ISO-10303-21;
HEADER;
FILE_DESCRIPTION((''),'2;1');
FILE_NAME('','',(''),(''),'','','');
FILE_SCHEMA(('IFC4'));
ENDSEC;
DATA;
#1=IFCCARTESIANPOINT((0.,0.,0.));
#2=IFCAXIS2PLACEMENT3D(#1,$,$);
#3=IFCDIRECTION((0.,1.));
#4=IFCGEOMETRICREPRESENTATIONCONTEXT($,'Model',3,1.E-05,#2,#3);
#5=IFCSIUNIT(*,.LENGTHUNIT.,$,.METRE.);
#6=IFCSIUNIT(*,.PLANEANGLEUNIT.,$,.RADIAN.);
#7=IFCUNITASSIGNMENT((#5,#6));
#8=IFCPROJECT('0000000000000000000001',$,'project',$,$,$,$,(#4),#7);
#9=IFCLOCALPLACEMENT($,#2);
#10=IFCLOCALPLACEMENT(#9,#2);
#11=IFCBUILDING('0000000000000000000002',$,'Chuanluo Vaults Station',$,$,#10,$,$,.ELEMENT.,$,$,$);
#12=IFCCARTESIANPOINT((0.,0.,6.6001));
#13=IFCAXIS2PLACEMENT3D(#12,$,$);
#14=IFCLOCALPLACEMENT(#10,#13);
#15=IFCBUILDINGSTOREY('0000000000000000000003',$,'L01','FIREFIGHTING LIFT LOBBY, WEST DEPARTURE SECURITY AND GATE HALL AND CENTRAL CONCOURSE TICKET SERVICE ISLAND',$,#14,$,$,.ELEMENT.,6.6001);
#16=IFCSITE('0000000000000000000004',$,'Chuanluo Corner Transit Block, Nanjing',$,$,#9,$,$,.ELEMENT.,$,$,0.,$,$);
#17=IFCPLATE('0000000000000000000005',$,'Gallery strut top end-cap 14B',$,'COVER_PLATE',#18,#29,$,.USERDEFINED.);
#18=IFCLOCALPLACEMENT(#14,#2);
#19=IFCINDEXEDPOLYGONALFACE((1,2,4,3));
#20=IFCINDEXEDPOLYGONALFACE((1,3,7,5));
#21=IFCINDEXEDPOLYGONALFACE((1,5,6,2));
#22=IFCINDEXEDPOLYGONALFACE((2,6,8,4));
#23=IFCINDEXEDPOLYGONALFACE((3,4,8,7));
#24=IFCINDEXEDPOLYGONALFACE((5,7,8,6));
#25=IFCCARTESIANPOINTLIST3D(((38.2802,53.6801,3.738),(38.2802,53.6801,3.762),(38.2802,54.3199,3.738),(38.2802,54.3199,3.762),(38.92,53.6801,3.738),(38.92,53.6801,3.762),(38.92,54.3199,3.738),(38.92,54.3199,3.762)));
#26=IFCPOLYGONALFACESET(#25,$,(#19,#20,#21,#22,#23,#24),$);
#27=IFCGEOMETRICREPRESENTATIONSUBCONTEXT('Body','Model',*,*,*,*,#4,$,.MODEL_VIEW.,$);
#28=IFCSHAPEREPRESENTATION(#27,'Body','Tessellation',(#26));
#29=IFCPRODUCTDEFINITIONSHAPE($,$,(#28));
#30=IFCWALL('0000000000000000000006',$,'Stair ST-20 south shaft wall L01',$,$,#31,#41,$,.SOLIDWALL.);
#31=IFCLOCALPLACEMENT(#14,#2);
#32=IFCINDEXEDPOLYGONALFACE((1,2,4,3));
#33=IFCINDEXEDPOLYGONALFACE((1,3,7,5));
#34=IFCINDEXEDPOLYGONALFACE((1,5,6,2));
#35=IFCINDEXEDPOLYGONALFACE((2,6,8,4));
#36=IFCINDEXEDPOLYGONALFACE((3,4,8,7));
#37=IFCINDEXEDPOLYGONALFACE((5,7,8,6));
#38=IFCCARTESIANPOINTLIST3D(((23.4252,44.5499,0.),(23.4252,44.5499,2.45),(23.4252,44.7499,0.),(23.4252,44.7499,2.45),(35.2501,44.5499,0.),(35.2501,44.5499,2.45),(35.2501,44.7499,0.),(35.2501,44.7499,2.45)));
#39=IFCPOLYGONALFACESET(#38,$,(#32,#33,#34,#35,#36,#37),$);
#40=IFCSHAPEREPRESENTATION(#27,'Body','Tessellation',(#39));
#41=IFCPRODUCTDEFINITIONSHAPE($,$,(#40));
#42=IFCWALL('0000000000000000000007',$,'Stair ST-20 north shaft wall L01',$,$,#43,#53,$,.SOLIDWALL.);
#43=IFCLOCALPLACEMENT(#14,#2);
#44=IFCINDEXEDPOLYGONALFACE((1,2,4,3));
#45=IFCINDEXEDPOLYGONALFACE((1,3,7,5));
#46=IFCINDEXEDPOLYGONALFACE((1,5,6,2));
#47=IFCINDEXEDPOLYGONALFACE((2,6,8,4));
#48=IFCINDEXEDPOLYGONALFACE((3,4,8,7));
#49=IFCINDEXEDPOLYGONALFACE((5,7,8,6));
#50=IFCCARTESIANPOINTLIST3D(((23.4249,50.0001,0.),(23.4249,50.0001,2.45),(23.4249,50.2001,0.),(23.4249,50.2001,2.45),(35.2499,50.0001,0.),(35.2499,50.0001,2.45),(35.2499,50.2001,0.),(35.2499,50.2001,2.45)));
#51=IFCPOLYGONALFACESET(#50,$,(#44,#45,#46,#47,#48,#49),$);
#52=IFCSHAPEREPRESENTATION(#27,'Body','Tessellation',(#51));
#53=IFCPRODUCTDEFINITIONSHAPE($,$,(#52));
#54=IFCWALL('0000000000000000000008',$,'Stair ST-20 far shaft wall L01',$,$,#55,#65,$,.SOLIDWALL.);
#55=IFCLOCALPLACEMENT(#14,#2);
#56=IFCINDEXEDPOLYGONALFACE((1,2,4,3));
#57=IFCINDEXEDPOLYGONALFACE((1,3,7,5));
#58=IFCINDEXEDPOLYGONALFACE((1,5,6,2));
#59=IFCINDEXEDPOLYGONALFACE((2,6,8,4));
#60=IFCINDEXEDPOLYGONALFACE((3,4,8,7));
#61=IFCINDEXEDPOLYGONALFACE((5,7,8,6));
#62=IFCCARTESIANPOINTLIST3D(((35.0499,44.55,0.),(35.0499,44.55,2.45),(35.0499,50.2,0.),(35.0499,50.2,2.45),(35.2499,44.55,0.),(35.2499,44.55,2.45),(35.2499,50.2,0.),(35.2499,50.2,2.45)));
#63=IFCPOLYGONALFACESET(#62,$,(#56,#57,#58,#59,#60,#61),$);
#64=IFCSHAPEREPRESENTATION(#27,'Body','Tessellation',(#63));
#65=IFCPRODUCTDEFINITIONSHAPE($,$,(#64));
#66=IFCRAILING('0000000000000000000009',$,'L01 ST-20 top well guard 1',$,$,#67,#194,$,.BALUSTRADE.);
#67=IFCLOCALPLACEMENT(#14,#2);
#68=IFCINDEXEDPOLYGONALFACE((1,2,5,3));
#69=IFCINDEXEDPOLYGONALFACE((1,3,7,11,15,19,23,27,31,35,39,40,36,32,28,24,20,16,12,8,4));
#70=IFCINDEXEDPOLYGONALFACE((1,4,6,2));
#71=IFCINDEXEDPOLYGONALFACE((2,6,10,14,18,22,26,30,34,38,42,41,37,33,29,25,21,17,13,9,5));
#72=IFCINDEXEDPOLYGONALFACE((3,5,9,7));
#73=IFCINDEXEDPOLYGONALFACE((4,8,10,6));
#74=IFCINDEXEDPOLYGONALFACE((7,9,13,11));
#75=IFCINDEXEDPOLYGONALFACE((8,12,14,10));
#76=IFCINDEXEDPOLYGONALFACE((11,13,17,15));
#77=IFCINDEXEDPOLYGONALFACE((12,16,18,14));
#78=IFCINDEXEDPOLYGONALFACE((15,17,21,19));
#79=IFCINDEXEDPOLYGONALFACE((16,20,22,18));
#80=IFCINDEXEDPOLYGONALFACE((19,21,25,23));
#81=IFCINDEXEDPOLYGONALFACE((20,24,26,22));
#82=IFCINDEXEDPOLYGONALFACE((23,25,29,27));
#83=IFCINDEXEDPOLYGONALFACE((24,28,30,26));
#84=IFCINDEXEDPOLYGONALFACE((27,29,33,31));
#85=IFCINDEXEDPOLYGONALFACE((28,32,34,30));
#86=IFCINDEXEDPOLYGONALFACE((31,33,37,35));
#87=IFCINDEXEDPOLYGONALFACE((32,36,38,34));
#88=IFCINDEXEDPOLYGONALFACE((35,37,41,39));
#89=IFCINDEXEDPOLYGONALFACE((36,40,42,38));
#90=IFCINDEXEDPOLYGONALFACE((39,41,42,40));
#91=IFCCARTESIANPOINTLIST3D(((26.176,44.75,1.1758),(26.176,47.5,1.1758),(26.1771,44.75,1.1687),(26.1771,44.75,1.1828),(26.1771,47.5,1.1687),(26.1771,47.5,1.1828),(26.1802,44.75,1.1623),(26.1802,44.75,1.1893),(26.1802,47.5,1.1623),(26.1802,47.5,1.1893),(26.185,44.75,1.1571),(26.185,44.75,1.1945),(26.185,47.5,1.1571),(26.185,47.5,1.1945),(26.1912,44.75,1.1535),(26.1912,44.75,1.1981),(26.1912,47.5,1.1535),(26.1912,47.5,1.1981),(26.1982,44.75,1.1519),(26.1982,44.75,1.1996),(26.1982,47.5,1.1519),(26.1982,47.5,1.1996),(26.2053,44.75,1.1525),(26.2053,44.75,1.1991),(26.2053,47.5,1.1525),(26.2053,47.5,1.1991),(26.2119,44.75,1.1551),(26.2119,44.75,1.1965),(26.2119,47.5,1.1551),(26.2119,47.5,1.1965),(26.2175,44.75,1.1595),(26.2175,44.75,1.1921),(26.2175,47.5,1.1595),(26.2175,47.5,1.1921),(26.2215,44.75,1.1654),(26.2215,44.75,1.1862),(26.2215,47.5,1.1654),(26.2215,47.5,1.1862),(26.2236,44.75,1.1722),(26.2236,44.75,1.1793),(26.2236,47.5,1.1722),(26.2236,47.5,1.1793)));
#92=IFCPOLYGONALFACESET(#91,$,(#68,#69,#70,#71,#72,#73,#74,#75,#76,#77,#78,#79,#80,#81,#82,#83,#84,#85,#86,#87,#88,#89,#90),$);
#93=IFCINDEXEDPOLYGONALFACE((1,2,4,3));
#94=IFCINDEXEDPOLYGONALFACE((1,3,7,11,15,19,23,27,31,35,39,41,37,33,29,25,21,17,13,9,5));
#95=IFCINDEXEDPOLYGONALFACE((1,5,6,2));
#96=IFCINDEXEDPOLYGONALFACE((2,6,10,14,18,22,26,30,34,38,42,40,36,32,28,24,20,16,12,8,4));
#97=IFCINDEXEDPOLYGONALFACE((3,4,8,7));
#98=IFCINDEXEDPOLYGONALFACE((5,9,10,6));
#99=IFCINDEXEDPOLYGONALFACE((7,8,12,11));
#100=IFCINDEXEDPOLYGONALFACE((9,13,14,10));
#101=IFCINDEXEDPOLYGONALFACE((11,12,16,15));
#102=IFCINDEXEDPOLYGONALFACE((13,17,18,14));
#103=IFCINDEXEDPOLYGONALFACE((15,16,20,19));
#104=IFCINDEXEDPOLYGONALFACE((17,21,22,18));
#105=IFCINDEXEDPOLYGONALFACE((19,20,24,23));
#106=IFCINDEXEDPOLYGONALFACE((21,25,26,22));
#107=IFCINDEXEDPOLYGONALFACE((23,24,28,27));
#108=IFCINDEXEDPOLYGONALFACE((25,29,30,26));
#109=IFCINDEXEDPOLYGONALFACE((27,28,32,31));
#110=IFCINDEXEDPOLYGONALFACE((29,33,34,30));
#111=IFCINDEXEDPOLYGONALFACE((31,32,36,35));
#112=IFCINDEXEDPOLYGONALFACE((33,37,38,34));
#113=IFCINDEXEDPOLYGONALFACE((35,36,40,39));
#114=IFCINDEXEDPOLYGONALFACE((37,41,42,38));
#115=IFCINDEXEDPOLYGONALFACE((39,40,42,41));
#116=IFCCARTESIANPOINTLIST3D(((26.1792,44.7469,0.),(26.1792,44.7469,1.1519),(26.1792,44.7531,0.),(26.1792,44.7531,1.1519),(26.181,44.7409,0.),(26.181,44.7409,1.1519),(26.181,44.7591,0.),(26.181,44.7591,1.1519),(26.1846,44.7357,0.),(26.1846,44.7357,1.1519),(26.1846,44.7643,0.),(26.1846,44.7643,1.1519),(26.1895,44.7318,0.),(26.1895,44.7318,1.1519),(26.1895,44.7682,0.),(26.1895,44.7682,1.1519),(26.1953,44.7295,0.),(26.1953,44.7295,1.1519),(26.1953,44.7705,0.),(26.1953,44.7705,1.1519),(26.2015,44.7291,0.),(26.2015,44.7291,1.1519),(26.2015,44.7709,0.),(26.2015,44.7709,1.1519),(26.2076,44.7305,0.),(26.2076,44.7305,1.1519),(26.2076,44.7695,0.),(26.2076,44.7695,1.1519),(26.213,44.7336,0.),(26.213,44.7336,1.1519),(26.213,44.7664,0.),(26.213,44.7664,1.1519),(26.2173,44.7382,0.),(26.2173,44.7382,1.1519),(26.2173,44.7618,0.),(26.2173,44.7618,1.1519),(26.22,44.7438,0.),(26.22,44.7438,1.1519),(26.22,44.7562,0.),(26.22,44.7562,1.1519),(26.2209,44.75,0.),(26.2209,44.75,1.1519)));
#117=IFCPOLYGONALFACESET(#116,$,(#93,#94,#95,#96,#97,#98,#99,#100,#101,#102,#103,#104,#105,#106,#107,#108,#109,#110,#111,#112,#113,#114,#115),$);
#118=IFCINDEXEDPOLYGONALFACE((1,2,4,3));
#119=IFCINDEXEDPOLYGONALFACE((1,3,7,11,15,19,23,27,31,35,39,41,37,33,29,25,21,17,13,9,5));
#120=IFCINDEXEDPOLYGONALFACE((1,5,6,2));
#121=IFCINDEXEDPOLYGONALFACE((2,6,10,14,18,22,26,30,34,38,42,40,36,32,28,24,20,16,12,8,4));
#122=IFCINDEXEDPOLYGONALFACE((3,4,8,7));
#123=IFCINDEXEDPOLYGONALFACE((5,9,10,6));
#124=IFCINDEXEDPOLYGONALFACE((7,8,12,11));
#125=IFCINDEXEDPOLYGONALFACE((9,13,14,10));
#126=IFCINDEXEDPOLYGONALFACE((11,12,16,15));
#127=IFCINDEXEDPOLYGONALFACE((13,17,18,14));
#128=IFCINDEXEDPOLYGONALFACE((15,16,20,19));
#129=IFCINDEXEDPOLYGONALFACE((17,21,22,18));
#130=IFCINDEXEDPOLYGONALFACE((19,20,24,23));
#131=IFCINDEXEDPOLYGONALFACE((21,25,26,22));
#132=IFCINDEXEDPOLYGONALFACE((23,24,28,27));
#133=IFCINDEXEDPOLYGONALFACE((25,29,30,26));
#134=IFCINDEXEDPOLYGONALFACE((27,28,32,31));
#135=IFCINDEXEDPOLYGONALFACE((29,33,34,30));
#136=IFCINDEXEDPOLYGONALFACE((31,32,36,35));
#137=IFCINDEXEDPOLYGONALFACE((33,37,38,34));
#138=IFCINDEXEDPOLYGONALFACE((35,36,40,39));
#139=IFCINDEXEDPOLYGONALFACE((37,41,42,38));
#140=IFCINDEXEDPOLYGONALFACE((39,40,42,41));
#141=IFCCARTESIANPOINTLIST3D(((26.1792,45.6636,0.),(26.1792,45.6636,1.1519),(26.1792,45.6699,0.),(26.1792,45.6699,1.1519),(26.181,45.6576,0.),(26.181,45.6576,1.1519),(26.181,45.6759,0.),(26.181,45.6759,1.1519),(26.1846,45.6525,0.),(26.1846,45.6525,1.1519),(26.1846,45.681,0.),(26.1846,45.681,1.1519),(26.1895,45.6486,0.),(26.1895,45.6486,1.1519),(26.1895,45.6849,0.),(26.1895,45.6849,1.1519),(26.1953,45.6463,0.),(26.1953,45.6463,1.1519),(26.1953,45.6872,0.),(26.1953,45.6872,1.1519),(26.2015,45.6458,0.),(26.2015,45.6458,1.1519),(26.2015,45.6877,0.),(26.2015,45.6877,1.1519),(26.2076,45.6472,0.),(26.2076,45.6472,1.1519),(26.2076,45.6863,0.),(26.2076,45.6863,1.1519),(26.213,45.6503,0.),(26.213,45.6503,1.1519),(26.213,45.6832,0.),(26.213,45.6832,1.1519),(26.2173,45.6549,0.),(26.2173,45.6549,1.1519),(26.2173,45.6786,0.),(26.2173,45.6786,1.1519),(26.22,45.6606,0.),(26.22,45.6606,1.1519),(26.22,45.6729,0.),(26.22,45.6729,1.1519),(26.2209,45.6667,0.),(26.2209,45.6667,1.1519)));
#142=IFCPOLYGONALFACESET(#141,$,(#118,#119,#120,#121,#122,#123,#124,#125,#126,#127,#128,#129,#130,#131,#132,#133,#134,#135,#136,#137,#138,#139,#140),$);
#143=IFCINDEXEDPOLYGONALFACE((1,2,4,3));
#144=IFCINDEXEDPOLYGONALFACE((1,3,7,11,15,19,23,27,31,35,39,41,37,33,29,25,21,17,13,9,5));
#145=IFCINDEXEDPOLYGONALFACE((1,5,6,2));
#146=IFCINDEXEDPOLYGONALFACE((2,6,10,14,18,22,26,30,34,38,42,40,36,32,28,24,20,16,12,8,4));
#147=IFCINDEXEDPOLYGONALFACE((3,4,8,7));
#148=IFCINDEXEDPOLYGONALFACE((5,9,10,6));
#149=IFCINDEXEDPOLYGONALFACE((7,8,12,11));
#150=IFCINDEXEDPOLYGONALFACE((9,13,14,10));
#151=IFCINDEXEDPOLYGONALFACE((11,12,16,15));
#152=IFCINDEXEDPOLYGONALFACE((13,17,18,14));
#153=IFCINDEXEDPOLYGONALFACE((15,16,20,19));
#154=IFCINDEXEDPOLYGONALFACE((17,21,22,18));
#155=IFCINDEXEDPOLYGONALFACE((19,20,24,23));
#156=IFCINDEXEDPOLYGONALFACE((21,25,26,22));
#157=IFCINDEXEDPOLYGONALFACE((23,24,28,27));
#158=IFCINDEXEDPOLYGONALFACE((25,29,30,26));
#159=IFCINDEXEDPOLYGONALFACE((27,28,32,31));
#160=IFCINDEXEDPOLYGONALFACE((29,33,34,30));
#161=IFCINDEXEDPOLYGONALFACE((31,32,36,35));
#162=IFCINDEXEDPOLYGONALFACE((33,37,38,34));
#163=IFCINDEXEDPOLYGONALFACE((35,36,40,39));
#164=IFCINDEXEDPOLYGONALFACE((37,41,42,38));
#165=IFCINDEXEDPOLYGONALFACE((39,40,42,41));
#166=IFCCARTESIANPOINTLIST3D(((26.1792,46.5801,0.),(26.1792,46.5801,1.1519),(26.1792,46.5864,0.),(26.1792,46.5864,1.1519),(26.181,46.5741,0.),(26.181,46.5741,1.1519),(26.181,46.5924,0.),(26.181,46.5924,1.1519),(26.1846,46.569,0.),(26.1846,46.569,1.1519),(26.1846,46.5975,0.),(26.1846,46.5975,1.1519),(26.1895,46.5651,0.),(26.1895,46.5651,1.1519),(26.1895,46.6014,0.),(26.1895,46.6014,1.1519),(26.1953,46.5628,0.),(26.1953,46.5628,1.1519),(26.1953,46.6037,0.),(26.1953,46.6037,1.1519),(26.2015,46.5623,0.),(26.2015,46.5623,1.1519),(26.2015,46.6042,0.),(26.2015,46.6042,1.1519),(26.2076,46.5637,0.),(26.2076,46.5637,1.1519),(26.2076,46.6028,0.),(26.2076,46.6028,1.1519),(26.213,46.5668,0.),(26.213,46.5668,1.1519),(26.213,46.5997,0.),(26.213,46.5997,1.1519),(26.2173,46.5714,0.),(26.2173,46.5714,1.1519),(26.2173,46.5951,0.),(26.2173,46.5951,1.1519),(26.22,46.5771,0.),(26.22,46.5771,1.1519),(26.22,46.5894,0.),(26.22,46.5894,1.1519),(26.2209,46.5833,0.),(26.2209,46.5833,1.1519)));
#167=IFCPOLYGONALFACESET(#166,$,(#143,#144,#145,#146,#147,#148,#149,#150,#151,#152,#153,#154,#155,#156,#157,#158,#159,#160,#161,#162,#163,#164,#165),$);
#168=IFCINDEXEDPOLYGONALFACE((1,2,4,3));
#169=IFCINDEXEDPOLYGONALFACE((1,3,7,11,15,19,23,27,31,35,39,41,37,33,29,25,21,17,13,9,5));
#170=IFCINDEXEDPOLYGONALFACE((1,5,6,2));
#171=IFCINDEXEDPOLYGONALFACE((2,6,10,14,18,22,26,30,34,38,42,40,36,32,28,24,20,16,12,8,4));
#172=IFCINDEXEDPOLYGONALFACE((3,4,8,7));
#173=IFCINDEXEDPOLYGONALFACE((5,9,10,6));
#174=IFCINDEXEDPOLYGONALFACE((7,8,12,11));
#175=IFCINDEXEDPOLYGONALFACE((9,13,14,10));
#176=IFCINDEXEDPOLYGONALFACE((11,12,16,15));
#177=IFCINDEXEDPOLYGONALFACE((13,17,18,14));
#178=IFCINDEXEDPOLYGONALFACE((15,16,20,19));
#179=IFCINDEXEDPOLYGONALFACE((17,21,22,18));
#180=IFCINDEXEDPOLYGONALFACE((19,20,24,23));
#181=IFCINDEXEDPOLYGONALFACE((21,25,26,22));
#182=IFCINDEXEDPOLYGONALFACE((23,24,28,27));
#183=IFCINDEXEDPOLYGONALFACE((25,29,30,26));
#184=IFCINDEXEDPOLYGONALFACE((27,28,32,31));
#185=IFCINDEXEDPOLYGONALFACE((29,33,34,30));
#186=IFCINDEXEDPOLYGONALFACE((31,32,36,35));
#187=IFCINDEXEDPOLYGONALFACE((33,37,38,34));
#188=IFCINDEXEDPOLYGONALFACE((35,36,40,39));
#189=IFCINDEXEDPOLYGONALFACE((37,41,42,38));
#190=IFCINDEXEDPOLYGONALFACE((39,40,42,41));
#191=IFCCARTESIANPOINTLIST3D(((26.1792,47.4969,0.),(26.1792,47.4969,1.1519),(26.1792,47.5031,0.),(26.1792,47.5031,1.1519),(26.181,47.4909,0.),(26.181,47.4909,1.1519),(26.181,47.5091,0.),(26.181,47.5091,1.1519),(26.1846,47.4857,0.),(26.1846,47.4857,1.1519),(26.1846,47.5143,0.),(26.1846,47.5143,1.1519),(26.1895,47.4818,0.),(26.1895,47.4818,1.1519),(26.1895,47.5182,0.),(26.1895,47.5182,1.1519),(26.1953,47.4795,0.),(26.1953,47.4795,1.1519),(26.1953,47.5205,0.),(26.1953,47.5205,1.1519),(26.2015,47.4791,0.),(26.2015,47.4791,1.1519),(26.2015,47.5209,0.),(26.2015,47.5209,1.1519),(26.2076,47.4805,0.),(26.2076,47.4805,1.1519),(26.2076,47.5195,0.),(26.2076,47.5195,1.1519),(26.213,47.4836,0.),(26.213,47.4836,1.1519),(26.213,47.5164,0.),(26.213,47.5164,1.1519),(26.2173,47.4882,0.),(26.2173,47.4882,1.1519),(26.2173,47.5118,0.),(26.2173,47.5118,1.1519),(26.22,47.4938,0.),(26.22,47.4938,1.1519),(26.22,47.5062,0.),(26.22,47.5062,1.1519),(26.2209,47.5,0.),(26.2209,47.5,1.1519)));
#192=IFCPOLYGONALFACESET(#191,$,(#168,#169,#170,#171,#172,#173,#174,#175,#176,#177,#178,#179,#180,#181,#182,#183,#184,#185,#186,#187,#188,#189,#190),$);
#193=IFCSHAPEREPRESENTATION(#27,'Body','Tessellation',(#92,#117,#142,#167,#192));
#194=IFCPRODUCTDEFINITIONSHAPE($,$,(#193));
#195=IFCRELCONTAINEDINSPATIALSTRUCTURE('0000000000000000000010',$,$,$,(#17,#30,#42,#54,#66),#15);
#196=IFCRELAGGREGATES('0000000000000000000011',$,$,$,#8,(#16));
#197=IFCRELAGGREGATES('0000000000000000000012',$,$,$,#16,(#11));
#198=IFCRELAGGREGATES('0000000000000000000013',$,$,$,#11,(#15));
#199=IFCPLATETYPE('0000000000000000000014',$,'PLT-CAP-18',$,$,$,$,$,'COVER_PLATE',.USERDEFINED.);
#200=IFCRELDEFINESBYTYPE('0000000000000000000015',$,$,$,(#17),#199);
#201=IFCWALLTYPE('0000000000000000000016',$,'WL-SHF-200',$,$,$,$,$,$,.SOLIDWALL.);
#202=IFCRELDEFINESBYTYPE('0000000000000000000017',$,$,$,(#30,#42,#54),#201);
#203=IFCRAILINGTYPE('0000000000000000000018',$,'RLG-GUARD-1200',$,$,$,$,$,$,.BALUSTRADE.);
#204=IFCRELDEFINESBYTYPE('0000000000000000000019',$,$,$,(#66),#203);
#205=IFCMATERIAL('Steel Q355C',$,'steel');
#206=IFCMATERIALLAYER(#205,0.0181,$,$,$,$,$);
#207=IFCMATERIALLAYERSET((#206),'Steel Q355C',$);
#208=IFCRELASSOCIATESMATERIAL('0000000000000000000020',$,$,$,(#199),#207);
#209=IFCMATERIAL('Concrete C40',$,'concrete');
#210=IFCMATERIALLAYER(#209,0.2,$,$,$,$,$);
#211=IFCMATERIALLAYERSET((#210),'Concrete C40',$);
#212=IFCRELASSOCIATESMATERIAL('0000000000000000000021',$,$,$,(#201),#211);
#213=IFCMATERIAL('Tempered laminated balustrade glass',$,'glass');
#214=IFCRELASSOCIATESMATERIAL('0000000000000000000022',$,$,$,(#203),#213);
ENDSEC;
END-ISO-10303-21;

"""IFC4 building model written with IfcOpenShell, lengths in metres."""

from ifc_helpers import new_model, si_unit, direction, frame, frame_2d, origin, origin_2d, place, context, subcontext, project, spatial, rectangle, circle, extrude, material, layer, layer_set, type_object, element, save


model = new_model("IFC4")

# Units and contexts
model_context = context("Model", 3, precision=1e-05, world=origin(), true_north=direction((0.0, 1.0)))
body_context = subcontext(model_context, "Body", "Model", "MODEL_VIEW")
ifc_project = project(units=[si_unit("LENGTHUNIT", "METRE"), si_unit("PLANEANGLEUNIT", "RADIAN")], contexts=[model_context])

# Site, building, storey
site_placement = place(None, origin())
site = spatial("IfcSite", under=ifc_project, at=site_placement, Name="Chuanluo Corner Transit Block, Nanjing", CompositionType="ELEMENT", RefElevation=0.0)
building_placement = place(site_placement, origin())
building = spatial("IfcBuilding", under=site, at=building_placement, Name="Chuanluo Vaults Station", CompositionType="ELEMENT")
storey_placement = place(building_placement, frame((0.0, 0.0, 6.6001)))
storey = spatial("IfcBuildingStorey", under=building, at=storey_placement, Name="L01", Description="FIREFIGHTING LIFT LOBBY, WEST DEPARTURE SECURITY AND GATE HALL AND CENTRAL CONCOURSE TICKET SERVICE ISLAND", CompositionType="ELEMENT", Elevation=6.6001)

# Plate
ifc_material_1 = material(Name="Steel Q355C", Category="steel")
ifc_layer_1 = layer(ifc_material_1, 0.0181)
ifc_layer_set_1 = layer_set([ifc_layer_1], Name="Steel Q355C")
plate_type_1 = type_object("IfcPlateType", Name="PLT-CAP-18", ElementType="COVER_PLATE", PredefinedType="USERDEFINED", material=ifc_layer_set_1)
for number, where, z_axis, x_axis, name in (
    (1, (38.6001, 54.0, 3.738), (0.0, 0.0, 1.0), (1.0, 0.0, 0.0), "Gallery strut top end-cap 14B"),
):
    element("IfcPlate", number, at=place(storey_placement, frame(where, z_axis=z_axis, x_axis=x_axis)), inside=storey, type_object=plate_type_1, Name=name, ObjectType="COVER_PLATE", PredefinedType="USERDEFINED", context=body_context, shape_type="SweptSolid", body=[
        extrude(rectangle(XDim=0.6399, YDim=0.6399, at=origin_2d()), origin(), (0.0, 0.0, 1.0), 0.0239),
    ])

# Walls
ifc_material_2 = material(Name="Concrete C40", Category="concrete")
ifc_layer_2 = layer(ifc_material_2, 0.2)
ifc_layer_set_2 = layer_set([ifc_layer_2], Name="Concrete C40")
wall_type = type_object("IfcWallType", Name="WL-SHF-200", PredefinedType="SOLIDWALL", material=ifc_layer_set_2)
for number, where, z_axis, x_axis, name in (
    (2, (23.425, 44.6499, 0.0), (0.0, 0.0, 1.0), (1.0, 0.0, 0.0), "Stair ST-20 south shaft wall L01"),
    (3, (35.25, 50.1001, 0.0), (0.0, 0.0, 1.0), (-1.0, 0.0, 0.0), "Stair ST-20 north shaft wall L01"),
):
    element("IfcWall", number, at=place(storey_placement, frame(where, z_axis=z_axis, x_axis=x_axis)), inside=storey, type_object=wall_type, Name=name, PredefinedType="SOLIDWALL", context=body_context, shape_type="SweptSolid", body=[
        extrude(rectangle(XDim=11.825, YDim=0.2, at=frame_2d((5.9126, 0.0))), origin(), (0.0, 0.0, 1.0), 2.45),
    ])
wall_1_placement = place(storey_placement, frame((35.1499, 44.55, 0.0), z_axis=(0.0, 0.0, 1.0), x_axis=(0.0, 1.0, 0.0)))
element("IfcWall", 4, at=wall_1_placement, inside=storey, type_object=wall_type, Name="Stair ST-20 far shaft wall L01", PredefinedType="SOLIDWALL", context=body_context, shape_type="SweptSolid", body=[
    extrude(rectangle(XDim=5.6499, YDim=0.2, at=frame_2d((2.825, 0.0))), origin(), (0.0, 0.0, 1.0), 2.45),
])

# Railing
ifc_material_3 = material(Name="Tempered laminated balustrade glass", Category="glass")
railing_type = type_object("IfcRailingType", Name="RLG-GUARD-1200", PredefinedType="BALUSTRADE", material=ifc_material_3)
railing_1_placement = place(storey_placement, frame((26.2, 44.75, 0.0)))
element("IfcRailing", 5, at=railing_1_placement, inside=storey, type_object=railing_type, Name="L01 ST-20 top well guard 1", PredefinedType="BALUSTRADE", context=body_context, shape_type="SweptSolid", body=[
    extrude(circle(Radius=0.0239, at=origin_2d()), frame((0.0, 0.0, 1.1758), z_axis=(0.0, 1.0, 0.0), x_axis=(-1.0, 0.0, 0.0)), (0.0, 0.0, 1.0), 2.75),
    extrude(circle(Radius=0.021, at=origin_2d()), origin(), (0.0, 0.0, 1.0), 1.1519),
    extrude(circle(Radius=0.021, at=origin_2d()), frame((0.0, 0.9167, 0.0)), (0.0, 0.0, 1.0), 1.1519),
    extrude(circle(Radius=0.021, at=origin_2d()), frame((0.0, 1.8333, 0.0)), (0.0, 0.0, 1.0), 1.1519),
    extrude(circle(Radius=0.021, at=origin_2d()), frame((0.0, 2.75, 0.0)), (0.0, 0.0, 1.0), 1.1519),
])

save(model, "model.ifc")
